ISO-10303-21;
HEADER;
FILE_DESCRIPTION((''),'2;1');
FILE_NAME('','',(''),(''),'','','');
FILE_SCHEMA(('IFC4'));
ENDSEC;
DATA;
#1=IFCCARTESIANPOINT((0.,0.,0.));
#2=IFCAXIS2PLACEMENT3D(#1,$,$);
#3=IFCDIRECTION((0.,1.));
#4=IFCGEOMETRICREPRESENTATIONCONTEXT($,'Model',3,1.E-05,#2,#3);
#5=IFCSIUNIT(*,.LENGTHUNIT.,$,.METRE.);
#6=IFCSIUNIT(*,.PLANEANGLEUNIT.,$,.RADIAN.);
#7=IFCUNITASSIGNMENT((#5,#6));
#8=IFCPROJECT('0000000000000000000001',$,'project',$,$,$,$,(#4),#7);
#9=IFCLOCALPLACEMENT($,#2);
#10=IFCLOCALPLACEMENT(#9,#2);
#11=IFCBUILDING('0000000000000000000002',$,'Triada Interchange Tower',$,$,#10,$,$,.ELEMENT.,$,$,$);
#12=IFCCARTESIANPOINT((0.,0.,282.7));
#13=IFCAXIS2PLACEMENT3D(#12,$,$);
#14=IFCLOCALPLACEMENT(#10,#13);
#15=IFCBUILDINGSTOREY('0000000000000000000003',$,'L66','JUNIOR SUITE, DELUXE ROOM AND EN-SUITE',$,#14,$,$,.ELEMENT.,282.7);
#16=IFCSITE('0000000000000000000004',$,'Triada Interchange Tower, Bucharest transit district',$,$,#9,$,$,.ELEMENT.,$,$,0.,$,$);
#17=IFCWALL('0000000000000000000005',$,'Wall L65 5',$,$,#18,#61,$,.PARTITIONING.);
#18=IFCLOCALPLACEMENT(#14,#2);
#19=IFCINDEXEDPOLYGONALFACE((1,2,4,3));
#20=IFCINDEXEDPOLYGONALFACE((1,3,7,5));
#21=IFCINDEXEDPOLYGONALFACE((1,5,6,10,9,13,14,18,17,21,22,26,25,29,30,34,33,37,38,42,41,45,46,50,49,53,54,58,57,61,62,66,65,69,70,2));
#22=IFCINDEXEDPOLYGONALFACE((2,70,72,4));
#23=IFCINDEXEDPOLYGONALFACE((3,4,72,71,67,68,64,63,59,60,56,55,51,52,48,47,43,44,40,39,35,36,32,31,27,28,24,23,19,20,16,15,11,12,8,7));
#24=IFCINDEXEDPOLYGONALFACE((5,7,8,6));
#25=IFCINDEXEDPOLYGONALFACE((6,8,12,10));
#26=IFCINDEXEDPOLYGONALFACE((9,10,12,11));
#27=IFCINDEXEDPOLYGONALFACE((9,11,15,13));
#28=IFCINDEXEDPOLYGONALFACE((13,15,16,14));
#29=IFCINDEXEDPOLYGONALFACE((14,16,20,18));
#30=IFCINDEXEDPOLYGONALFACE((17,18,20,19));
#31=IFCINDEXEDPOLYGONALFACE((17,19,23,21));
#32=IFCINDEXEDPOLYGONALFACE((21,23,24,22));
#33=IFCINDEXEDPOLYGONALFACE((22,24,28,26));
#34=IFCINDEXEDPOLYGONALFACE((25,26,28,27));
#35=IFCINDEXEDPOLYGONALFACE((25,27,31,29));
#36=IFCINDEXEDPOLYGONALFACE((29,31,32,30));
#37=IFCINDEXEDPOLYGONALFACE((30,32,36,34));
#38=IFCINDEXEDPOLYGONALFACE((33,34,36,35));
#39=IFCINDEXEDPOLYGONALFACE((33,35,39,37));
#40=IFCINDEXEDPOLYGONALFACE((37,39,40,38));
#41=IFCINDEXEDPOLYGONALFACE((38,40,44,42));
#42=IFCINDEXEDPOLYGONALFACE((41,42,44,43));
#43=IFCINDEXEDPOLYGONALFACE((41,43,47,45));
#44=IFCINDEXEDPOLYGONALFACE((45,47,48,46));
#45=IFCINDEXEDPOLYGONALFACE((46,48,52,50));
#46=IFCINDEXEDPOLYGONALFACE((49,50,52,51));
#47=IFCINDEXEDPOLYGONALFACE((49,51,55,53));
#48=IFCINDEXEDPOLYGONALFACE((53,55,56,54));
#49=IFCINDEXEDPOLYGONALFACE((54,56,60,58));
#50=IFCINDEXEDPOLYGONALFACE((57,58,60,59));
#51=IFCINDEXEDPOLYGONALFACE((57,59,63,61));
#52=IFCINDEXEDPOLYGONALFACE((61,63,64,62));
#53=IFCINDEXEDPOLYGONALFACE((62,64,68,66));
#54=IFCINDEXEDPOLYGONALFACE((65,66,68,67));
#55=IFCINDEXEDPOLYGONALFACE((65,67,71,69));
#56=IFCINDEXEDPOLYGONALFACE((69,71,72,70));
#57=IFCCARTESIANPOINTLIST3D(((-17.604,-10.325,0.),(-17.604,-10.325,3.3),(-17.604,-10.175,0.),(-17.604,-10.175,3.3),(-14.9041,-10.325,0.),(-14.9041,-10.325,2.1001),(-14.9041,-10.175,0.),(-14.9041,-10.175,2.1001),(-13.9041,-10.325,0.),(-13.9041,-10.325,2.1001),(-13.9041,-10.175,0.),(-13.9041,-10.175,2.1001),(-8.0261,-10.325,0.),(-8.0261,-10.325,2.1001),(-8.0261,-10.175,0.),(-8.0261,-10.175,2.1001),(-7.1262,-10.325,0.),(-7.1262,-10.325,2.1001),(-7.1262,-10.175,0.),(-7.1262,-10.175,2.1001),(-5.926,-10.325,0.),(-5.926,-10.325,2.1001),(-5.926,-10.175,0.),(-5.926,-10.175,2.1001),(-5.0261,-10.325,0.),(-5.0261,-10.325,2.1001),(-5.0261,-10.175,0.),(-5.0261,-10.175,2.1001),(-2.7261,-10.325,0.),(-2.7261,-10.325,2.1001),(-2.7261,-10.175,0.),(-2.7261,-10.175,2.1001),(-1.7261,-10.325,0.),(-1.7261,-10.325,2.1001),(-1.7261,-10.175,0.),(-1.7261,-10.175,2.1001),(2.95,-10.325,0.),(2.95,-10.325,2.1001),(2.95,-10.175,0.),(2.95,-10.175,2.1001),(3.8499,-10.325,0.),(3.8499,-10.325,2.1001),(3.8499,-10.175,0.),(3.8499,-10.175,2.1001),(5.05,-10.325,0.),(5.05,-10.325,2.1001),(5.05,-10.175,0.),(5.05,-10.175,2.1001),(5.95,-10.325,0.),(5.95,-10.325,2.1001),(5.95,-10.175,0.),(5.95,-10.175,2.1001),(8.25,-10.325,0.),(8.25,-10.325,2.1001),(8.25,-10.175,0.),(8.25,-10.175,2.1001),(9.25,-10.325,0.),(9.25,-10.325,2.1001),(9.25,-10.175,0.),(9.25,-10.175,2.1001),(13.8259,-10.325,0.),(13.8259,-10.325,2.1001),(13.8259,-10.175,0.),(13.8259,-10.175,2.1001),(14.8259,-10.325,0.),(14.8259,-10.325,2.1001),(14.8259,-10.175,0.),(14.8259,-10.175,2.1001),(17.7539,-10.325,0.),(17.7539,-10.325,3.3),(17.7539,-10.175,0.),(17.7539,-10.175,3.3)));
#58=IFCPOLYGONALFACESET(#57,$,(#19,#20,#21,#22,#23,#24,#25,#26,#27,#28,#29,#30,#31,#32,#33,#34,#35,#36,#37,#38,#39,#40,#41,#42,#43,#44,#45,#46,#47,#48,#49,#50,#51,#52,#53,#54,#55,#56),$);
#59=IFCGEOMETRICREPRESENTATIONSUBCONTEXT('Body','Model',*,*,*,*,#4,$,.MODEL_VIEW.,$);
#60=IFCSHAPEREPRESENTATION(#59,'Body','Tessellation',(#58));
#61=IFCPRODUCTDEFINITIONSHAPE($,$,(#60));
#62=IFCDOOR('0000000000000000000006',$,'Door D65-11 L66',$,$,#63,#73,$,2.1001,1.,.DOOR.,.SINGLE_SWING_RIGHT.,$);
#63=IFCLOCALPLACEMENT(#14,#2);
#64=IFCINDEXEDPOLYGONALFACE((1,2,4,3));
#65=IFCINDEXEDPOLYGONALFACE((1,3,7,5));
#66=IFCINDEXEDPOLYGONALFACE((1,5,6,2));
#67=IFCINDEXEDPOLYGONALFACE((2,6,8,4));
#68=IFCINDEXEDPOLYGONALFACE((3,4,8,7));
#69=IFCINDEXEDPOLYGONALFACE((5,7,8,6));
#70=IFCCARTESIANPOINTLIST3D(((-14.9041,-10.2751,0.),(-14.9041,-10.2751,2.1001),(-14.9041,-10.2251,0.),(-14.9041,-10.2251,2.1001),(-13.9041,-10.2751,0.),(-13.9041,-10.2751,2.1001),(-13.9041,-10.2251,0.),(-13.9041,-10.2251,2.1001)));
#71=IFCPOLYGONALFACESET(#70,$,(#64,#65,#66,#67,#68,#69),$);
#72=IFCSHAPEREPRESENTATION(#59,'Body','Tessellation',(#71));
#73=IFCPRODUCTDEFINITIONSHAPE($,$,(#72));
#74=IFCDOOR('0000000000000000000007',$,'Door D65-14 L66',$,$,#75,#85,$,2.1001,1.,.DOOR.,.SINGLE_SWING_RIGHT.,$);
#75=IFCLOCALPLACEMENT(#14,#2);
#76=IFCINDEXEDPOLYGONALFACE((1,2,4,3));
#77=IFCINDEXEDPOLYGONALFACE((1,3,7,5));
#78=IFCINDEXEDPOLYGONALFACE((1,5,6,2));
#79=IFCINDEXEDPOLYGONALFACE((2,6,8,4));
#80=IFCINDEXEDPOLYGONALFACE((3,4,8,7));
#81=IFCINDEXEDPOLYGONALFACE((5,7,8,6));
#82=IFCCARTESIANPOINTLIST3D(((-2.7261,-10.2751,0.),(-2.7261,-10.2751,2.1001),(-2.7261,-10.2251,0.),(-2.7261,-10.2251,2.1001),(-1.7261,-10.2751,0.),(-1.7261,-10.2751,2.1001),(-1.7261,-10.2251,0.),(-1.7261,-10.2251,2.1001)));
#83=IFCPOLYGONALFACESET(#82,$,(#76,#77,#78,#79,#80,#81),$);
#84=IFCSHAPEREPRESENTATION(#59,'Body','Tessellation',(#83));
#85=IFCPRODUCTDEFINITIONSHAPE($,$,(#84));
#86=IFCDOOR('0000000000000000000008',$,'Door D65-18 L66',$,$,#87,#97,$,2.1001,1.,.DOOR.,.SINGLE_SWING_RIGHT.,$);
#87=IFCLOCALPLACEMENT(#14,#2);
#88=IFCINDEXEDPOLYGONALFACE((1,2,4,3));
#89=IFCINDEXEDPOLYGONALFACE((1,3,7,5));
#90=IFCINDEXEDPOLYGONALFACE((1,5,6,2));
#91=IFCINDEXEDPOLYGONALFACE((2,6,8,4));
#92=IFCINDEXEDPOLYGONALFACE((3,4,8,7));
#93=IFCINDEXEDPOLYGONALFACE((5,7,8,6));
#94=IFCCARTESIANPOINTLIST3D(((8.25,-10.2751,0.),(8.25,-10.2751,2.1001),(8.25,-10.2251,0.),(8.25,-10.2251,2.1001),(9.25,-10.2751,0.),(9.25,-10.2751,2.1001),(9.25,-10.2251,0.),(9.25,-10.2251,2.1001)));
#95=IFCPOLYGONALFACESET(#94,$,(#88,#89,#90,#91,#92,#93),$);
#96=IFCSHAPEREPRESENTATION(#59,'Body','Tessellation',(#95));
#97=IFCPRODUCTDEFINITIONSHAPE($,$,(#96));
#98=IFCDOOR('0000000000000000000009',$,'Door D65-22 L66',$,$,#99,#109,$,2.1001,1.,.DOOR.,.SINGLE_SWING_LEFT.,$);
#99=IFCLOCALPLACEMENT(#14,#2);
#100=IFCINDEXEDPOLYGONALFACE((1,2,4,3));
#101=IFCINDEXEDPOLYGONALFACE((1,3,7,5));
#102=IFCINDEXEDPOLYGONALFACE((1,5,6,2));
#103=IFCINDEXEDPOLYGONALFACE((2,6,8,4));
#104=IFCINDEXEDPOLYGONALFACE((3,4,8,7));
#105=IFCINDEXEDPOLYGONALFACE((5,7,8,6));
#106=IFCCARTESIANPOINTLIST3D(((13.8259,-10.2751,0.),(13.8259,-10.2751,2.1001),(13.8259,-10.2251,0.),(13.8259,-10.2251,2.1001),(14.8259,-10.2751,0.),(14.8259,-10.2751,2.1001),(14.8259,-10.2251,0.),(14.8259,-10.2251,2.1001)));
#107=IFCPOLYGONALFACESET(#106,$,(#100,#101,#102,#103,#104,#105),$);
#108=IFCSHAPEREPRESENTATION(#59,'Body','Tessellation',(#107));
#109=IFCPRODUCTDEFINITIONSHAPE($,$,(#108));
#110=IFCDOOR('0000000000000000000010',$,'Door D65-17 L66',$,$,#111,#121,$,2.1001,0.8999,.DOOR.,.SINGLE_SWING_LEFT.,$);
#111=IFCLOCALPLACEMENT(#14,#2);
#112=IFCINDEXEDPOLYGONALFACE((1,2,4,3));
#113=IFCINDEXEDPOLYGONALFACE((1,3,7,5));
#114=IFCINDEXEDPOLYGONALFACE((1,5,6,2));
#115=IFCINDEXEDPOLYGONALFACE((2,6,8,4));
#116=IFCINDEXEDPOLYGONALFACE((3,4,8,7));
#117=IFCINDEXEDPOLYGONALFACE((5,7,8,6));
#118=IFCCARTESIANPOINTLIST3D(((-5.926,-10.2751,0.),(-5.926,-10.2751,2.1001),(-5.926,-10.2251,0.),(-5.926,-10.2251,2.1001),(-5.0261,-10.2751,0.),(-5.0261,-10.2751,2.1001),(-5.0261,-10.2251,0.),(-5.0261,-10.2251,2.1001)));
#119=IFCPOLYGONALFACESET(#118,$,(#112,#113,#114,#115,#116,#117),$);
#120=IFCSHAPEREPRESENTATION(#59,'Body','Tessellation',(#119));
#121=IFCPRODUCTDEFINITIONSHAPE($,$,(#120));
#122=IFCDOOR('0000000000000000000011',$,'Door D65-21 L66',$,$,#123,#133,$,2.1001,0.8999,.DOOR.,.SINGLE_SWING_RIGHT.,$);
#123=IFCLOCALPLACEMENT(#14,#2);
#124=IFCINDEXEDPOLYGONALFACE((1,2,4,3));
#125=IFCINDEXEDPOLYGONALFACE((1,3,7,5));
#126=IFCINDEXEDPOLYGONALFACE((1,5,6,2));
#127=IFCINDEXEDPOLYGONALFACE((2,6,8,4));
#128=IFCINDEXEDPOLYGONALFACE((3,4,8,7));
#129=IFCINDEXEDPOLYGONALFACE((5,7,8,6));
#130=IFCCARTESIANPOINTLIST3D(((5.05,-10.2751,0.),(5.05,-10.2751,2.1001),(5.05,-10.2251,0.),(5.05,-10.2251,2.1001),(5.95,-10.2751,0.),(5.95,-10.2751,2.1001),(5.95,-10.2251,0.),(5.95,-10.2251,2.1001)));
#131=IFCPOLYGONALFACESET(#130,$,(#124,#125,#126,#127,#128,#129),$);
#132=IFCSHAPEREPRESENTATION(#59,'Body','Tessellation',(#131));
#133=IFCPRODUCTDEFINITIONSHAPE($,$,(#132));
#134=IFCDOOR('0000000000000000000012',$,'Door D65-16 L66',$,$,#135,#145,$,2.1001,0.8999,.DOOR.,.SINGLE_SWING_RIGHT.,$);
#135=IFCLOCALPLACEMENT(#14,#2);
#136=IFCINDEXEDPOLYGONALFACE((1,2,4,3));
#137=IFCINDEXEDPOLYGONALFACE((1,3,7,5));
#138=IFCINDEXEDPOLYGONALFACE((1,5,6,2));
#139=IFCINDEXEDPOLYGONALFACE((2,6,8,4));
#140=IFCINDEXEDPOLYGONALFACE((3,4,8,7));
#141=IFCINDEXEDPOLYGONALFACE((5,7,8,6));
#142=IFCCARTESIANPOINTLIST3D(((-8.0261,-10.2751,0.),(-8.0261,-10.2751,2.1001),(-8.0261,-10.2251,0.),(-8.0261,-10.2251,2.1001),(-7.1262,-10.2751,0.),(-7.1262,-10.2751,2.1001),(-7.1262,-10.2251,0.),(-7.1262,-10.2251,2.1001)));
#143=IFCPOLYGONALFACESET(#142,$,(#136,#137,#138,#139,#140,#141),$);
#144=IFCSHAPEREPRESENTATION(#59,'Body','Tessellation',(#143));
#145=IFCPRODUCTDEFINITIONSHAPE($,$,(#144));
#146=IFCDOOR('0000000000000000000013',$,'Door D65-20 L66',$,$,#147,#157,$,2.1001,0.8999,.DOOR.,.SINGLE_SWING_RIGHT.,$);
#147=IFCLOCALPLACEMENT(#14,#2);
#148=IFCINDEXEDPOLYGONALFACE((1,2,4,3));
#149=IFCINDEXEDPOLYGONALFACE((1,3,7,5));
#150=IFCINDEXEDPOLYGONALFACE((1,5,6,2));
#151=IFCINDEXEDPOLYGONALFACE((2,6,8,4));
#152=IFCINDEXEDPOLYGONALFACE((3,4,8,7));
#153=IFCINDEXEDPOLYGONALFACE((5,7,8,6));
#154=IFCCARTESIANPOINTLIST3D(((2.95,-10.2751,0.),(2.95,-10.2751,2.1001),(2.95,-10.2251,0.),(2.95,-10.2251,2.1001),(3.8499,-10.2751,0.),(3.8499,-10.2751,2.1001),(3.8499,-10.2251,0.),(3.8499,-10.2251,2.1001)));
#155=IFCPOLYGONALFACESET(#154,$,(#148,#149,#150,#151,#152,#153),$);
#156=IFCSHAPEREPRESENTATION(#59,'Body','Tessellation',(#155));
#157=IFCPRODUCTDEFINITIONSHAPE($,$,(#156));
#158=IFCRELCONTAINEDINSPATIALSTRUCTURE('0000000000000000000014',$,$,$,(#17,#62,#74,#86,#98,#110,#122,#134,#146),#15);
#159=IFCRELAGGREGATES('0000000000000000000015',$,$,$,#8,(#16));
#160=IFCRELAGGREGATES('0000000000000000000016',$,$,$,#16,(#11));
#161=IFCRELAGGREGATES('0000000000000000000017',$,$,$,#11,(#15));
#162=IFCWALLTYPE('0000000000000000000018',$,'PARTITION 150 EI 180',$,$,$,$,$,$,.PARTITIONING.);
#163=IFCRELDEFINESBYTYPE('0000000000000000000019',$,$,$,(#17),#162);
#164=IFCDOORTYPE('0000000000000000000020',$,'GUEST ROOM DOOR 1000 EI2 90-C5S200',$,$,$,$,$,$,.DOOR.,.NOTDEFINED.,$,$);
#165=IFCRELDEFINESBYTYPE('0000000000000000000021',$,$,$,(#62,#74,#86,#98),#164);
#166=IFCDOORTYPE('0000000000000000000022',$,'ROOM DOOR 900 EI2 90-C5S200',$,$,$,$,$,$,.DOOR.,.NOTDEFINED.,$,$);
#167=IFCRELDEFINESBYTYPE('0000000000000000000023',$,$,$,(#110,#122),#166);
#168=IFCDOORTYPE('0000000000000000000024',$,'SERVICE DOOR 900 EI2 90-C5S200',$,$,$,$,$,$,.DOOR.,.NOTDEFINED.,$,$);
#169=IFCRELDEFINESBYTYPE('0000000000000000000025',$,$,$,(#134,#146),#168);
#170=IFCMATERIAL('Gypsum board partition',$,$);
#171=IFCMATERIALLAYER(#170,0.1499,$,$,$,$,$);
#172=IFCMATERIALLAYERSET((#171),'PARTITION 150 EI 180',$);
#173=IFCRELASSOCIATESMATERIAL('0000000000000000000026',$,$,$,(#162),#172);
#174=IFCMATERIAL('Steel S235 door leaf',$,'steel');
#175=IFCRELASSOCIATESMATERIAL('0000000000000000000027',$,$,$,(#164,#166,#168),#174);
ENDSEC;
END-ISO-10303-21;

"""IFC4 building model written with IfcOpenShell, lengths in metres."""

from ifc_helpers import new_model, si_unit, direction, frame, frame_2d, origin, place, context, subcontext, project, spatial, rectangle, extrude, material, layer, layer_set, type_object, element, fill, save


model = new_model("IFC4")

# Units and contexts
model_context = context("Model", 3, precision=1e-05, world=origin(), true_north=direction((0.0, 1.0)))
body_context = subcontext(model_context, "Body", "Model", "MODEL_VIEW")
ifc_project = project(units=[si_unit("LENGTHUNIT", "METRE"), si_unit("PLANEANGLEUNIT", "RADIAN")], contexts=[model_context])

# Site, building, storey
site_placement = place(None, origin())
site = spatial("IfcSite", under=ifc_project, at=site_placement, Name="Triada Interchange Tower, Bucharest transit district", CompositionType="ELEMENT", RefElevation=0.0)
building_placement = place(site_placement, origin())
building = spatial("IfcBuilding", under=site, at=building_placement, Name="Triada Interchange Tower", CompositionType="ELEMENT")
storey_placement = place(building_placement, frame((0.0, 0.0, 282.7)))
storey = spatial("IfcBuildingStorey", under=building, at=storey_placement, Name="L66", Description="JUNIOR SUITE, DELUXE ROOM AND EN-SUITE", CompositionType="ELEMENT", Elevation=282.7)

# Wall, openings, doors
ifc_material_1 = material(Name="Gypsum board partition")
ifc_layer = layer(ifc_material_1, 0.1499)
ifc_layer_set = layer_set([ifc_layer], Name="PARTITION 150 EI 180")
wall_type = type_object("IfcWallType", Name="PARTITION 150 EI 180", PredefinedType="PARTITIONING", material=ifc_layer_set)
ifc_material_2 = material(Name="Steel S235 door leaf", Category="steel")
door_type_1 = type_object("IfcDoorType", Name="GUEST ROOM DOOR 1000 EI2 90-C5S200", OperationType="NOTDEFINED", PredefinedType="DOOR", material=ifc_material_2)
wall_1_placement = place(storey_placement, frame((-17.604, -10.25, 0.0), z_axis=(0.0, 0.0, 1.0), x_axis=(1.0, 0.0, 0.0)))
wall_1 = element("IfcWall", 1, at=wall_1_placement, inside=storey, type_object=wall_type, Name="Wall L65 5", PredefinedType="PARTITIONING", context=body_context, shape_type="SweptSolid", body=[
    extrude(rectangle(XDim=35.3579, YDim=0.1499, at=frame_2d((17.679, 0.0))), origin(), (0.0, 0.0, 1.0), 3.3),
])
opening_1_placement = place(wall_1_placement, frame((2.7, 0.0, 0.0)))
opening_1 = element("IfcOpeningElement", 2, at=opening_1_placement, cuts=wall_1, PredefinedType="OPENING", context=body_context, shape_type="SweptSolid", body=[
    extrude(rectangle(XDim=1.0, YDim=2.1001, at=frame_2d((0.5, 1.05))), frame((0.0, 0.085, 0.0), z_axis=(0.0, -1.0, 0.0), x_axis=(1.0, 0.0, 0.0)), (0.0, 0.0, 1.0), 0.1699),
])
opening_2_placement = place(wall_1_placement, frame((14.8779, 0.0, 0.0)))
opening_2 = element("IfcOpeningElement", 3, at=opening_2_placement, cuts=wall_1, PredefinedType="OPENING", context=body_context, shape_type="SweptSolid", body=[
    extrude(rectangle(XDim=1.0, YDim=2.1001, at=frame_2d((0.5, 1.05))), frame((0.0, 0.085, 0.0), z_axis=(0.0, -1.0, 0.0), x_axis=(1.0, 0.0, 0.0)), (0.0, 0.0, 1.0), 0.1699),
])
opening_3_placement = place(wall_1_placement, frame((9.5779, 0.0, 0.0)))
opening_3 = element("IfcOpeningElement", 4, at=opening_3_placement, cuts=wall_1, PredefinedType="OPENING", context=body_context, shape_type="SweptSolid", body=[
    extrude(rectangle(XDim=0.8999, YDim=2.1001, at=frame_2d((0.45, 1.05))), frame((0.0, 0.085, 0.0), z_axis=(0.0, -1.0, 0.0), x_axis=(1.0, 0.0, 0.0)), (0.0, 0.0, 1.0), 0.1699),
])
opening_4_placement = place(wall_1_placement, frame((11.678, 0.0, 0.0)))
opening_4 = element("IfcOpeningElement", 5, at=opening_4_placement, cuts=wall_1, PredefinedType="OPENING", context=body_context, shape_type="SweptSolid", body=[
    extrude(rectangle(XDim=0.8999, YDim=2.1001, at=frame_2d((0.45, 1.05))), frame((0.0, 0.085, 0.0), z_axis=(0.0, -1.0, 0.0), x_axis=(1.0, 0.0, 0.0)), (0.0, 0.0, 1.0), 0.1699),
])
opening_5_placement = place(wall_1_placement, frame((25.854, 0.0, 0.0)))
opening_5 = element("IfcOpeningElement", 6, at=opening_5_placement, cuts=wall_1, PredefinedType="OPENING", context=body_context, shape_type="SweptSolid", body=[
    extrude(rectangle(XDim=1.0, YDim=2.1001, at=frame_2d((0.5, 1.05))), frame((0.0, 0.085, 0.0), z_axis=(0.0, -1.0, 0.0), x_axis=(1.0, 0.0, 0.0)), (0.0, 0.0, 1.0), 0.1699),
])
opening_6_placement = place(wall_1_placement, frame((20.554, 0.0, 0.0)))
opening_6 = element("IfcOpeningElement", 7, at=opening_6_placement, cuts=wall_1, PredefinedType="OPENING", context=body_context, shape_type="SweptSolid", body=[
    extrude(rectangle(XDim=0.8999, YDim=2.1001, at=frame_2d((0.45, 1.05))), frame((0.0, 0.085, 0.0), z_axis=(0.0, -1.0, 0.0), x_axis=(1.0, 0.0, 0.0)), (0.0, 0.0, 1.0), 0.1699),
])
opening_7_placement = place(wall_1_placement, frame((22.6541, 0.0, 0.0)))
opening_7 = element("IfcOpeningElement", 8, at=opening_7_placement, cuts=wall_1, PredefinedType="OPENING", context=body_context, shape_type="SweptSolid", body=[
    extrude(rectangle(XDim=0.8999, YDim=2.1001, at=frame_2d((0.45, 1.05))), frame((0.0, 0.085, 0.0), z_axis=(0.0, -1.0, 0.0), x_axis=(1.0, 0.0, 0.0)), (0.0, 0.0, 1.0), 0.1699),
])
opening_8_placement = place(wall_1_placement, frame((31.4299, 0.0, 0.0)))
opening_8 = element("IfcOpeningElement", 9, at=opening_8_placement, cuts=wall_1, PredefinedType="OPENING", context=body_context, shape_type="SweptSolid", body=[
    extrude(rectangle(XDim=1.0, YDim=2.1001, at=frame_2d((0.5, 1.05))), frame((0.0, 0.085, 0.0), z_axis=(0.0, -1.0, 0.0), x_axis=(1.0, 0.0, 0.0)), (0.0, 0.0, 1.0), 0.1699),
])
door_1_placement = place(opening_1_placement, origin())
door_1 = element("IfcDoor", 10, at=door_1_placement, inside=storey, type_object=door_type_1, Name="Door D65-11 L66", OperationType="SINGLE_SWING_RIGHT", OverallHeight=2.1001, OverallWidth=1.0, PredefinedType="DOOR", context=body_context, shape_type="SweptSolid", body=[
    extrude(rectangle(XDim=1.0, YDim=2.1001, at=frame_2d((0.5, 1.05))), frame((0.0, 0.0249, 0.0), z_axis=(0.0, -1.0, 0.0), x_axis=(1.0, 0.0, 0.0)), (0.0, 0.0, 1.0), 0.05),
])
fill(opening_1, door_1)
door_2_placement = place(opening_2_placement, origin())
door_2 = element("IfcDoor", 11, at=door_2_placement, inside=storey, type_object=door_type_1, Name="Door D65-14 L66", OperationType="SINGLE_SWING_RIGHT", OverallHeight=2.1001, OverallWidth=1.0, PredefinedType="DOOR", context=body_context, shape_type="SweptSolid", body=[
    extrude(rectangle(XDim=1.0, YDim=2.1001, at=frame_2d((0.5, 1.05))), frame((0.0, 0.0249, 0.0), z_axis=(0.0, -1.0, 0.0), x_axis=(1.0, 0.0, 0.0)), (0.0, 0.0, 1.0), 0.05),
])
fill(opening_2, door_2)
door_3_placement = place(opening_5_placement, origin())
door_3 = element("IfcDoor", 12, at=door_3_placement, inside=storey, type_object=door_type_1, Name="Door D65-18 L66", OperationType="SINGLE_SWING_RIGHT", OverallHeight=2.1001, OverallWidth=1.0, PredefinedType="DOOR", context=body_context, shape_type="SweptSolid", body=[
    extrude(rectangle(XDim=1.0, YDim=2.1001, at=frame_2d((0.5, 1.05))), frame((0.0, 0.0249, 0.0), z_axis=(0.0, -1.0, 0.0), x_axis=(1.0, 0.0, 0.0)), (0.0, 0.0, 1.0), 0.05),
])
fill(opening_5, door_3)
door_4_placement = place(opening_8_placement, origin())
door_4 = element("IfcDoor", 13, at=door_4_placement, inside=storey, type_object=door_type_1, Name="Door D65-22 L66", OperationType="SINGLE_SWING_LEFT", OverallHeight=2.1001, OverallWidth=1.0, PredefinedType="DOOR", context=body_context, shape_type="SweptSolid", body=[
    extrude(rectangle(XDim=1.0, YDim=2.1001, at=frame_2d((0.5, 1.05))), frame((0.0, 0.0249, 0.0), z_axis=(0.0, -1.0, 0.0), x_axis=(1.0, 0.0, 0.0)), (0.0, 0.0, 1.0), 0.05),
])
fill(opening_8, door_4)
door_type_2 = type_object("IfcDoorType", Name="ROOM DOOR 900 EI2 90-C5S200", OperationType="NOTDEFINED", PredefinedType="DOOR", material=ifc_material_2)
door_5_placement = place(opening_4_placement, origin())
door_5 = element("IfcDoor", 14, at=door_5_placement, inside=storey, type_object=door_type_2, Name="Door D65-17 L66", OperationType="SINGLE_SWING_LEFT", OverallHeight=2.1001, OverallWidth=0.8999, PredefinedType="DOOR", context=body_context, shape_type="SweptSolid", body=[
    extrude(rectangle(XDim=0.8999, YDim=2.1001, at=frame_2d((0.45, 1.05))), frame((0.0, 0.0249, 0.0), z_axis=(0.0, -1.0, 0.0), x_axis=(1.0, 0.0, 0.0)), (0.0, 0.0, 1.0), 0.05),
])
fill(opening_4, door_5)
door_6_placement = place(opening_7_placement, origin())
door_6 = element("IfcDoor", 15, at=door_6_placement, inside=storey, type_object=door_type_2, Name="Door D65-21 L66", OperationType="SINGLE_SWING_RIGHT", OverallHeight=2.1001, OverallWidth=0.8999, PredefinedType="DOOR", context=body_context, shape_type="SweptSolid", body=[
    extrude(rectangle(XDim=0.8999, YDim=2.1001, at=frame_2d((0.45, 1.05))), frame((0.0, 0.0249, 0.0), z_axis=(0.0, -1.0, 0.0), x_axis=(1.0, 0.0, 0.0)), (0.0, 0.0, 1.0), 0.05),
])
fill(opening_7, door_6)
door_type_3 = type_object("IfcDoorType", Name="SERVICE DOOR 900 EI2 90-C5S200", OperationType="NOTDEFINED", PredefinedType="DOOR", material=ifc_material_2)
door_7_placement = place(opening_3_placement, origin())
door_7 = element("IfcDoor", 16, at=door_7_placement, inside=storey, type_object=door_type_3, Name="Door D65-16 L66", OperationType="SINGLE_SWING_RIGHT", OverallHeight=2.1001, OverallWidth=0.8999, PredefinedType="DOOR", context=body_context, shape_type="SweptSolid", body=[
    extrude(rectangle(XDim=0.8999, YDim=2.1001, at=frame_2d((0.45, 1.05))), frame((0.0, 0.0249, 0.0), z_axis=(0.0, -1.0, 0.0), x_axis=(1.0, 0.0, 0.0)), (0.0, 0.0, 1.0), 0.05),
])
fill(opening_3, door_7)
door_8_placement = place(opening_6_placement, origin())
door_8 = element("IfcDoor", 17, at=door_8_placement, inside=storey, type_object=door_type_3, Name="Door D65-20 L66", OperationType="SINGLE_SWING_RIGHT", OverallHeight=2.1001, OverallWidth=0.8999, PredefinedType="DOOR", context=body_context, shape_type="SweptSolid", body=[
    extrude(rectangle(XDim=0.8999, YDim=2.1001, at=frame_2d((0.45, 1.05))), frame((0.0, 0.0249, 0.0), z_axis=(0.0, -1.0, 0.0), x_axis=(1.0, 0.0, 0.0)), (0.0, 0.0, 1.0), 0.05),
])
fill(opening_6, door_8)

save(model, "model.ifc")
